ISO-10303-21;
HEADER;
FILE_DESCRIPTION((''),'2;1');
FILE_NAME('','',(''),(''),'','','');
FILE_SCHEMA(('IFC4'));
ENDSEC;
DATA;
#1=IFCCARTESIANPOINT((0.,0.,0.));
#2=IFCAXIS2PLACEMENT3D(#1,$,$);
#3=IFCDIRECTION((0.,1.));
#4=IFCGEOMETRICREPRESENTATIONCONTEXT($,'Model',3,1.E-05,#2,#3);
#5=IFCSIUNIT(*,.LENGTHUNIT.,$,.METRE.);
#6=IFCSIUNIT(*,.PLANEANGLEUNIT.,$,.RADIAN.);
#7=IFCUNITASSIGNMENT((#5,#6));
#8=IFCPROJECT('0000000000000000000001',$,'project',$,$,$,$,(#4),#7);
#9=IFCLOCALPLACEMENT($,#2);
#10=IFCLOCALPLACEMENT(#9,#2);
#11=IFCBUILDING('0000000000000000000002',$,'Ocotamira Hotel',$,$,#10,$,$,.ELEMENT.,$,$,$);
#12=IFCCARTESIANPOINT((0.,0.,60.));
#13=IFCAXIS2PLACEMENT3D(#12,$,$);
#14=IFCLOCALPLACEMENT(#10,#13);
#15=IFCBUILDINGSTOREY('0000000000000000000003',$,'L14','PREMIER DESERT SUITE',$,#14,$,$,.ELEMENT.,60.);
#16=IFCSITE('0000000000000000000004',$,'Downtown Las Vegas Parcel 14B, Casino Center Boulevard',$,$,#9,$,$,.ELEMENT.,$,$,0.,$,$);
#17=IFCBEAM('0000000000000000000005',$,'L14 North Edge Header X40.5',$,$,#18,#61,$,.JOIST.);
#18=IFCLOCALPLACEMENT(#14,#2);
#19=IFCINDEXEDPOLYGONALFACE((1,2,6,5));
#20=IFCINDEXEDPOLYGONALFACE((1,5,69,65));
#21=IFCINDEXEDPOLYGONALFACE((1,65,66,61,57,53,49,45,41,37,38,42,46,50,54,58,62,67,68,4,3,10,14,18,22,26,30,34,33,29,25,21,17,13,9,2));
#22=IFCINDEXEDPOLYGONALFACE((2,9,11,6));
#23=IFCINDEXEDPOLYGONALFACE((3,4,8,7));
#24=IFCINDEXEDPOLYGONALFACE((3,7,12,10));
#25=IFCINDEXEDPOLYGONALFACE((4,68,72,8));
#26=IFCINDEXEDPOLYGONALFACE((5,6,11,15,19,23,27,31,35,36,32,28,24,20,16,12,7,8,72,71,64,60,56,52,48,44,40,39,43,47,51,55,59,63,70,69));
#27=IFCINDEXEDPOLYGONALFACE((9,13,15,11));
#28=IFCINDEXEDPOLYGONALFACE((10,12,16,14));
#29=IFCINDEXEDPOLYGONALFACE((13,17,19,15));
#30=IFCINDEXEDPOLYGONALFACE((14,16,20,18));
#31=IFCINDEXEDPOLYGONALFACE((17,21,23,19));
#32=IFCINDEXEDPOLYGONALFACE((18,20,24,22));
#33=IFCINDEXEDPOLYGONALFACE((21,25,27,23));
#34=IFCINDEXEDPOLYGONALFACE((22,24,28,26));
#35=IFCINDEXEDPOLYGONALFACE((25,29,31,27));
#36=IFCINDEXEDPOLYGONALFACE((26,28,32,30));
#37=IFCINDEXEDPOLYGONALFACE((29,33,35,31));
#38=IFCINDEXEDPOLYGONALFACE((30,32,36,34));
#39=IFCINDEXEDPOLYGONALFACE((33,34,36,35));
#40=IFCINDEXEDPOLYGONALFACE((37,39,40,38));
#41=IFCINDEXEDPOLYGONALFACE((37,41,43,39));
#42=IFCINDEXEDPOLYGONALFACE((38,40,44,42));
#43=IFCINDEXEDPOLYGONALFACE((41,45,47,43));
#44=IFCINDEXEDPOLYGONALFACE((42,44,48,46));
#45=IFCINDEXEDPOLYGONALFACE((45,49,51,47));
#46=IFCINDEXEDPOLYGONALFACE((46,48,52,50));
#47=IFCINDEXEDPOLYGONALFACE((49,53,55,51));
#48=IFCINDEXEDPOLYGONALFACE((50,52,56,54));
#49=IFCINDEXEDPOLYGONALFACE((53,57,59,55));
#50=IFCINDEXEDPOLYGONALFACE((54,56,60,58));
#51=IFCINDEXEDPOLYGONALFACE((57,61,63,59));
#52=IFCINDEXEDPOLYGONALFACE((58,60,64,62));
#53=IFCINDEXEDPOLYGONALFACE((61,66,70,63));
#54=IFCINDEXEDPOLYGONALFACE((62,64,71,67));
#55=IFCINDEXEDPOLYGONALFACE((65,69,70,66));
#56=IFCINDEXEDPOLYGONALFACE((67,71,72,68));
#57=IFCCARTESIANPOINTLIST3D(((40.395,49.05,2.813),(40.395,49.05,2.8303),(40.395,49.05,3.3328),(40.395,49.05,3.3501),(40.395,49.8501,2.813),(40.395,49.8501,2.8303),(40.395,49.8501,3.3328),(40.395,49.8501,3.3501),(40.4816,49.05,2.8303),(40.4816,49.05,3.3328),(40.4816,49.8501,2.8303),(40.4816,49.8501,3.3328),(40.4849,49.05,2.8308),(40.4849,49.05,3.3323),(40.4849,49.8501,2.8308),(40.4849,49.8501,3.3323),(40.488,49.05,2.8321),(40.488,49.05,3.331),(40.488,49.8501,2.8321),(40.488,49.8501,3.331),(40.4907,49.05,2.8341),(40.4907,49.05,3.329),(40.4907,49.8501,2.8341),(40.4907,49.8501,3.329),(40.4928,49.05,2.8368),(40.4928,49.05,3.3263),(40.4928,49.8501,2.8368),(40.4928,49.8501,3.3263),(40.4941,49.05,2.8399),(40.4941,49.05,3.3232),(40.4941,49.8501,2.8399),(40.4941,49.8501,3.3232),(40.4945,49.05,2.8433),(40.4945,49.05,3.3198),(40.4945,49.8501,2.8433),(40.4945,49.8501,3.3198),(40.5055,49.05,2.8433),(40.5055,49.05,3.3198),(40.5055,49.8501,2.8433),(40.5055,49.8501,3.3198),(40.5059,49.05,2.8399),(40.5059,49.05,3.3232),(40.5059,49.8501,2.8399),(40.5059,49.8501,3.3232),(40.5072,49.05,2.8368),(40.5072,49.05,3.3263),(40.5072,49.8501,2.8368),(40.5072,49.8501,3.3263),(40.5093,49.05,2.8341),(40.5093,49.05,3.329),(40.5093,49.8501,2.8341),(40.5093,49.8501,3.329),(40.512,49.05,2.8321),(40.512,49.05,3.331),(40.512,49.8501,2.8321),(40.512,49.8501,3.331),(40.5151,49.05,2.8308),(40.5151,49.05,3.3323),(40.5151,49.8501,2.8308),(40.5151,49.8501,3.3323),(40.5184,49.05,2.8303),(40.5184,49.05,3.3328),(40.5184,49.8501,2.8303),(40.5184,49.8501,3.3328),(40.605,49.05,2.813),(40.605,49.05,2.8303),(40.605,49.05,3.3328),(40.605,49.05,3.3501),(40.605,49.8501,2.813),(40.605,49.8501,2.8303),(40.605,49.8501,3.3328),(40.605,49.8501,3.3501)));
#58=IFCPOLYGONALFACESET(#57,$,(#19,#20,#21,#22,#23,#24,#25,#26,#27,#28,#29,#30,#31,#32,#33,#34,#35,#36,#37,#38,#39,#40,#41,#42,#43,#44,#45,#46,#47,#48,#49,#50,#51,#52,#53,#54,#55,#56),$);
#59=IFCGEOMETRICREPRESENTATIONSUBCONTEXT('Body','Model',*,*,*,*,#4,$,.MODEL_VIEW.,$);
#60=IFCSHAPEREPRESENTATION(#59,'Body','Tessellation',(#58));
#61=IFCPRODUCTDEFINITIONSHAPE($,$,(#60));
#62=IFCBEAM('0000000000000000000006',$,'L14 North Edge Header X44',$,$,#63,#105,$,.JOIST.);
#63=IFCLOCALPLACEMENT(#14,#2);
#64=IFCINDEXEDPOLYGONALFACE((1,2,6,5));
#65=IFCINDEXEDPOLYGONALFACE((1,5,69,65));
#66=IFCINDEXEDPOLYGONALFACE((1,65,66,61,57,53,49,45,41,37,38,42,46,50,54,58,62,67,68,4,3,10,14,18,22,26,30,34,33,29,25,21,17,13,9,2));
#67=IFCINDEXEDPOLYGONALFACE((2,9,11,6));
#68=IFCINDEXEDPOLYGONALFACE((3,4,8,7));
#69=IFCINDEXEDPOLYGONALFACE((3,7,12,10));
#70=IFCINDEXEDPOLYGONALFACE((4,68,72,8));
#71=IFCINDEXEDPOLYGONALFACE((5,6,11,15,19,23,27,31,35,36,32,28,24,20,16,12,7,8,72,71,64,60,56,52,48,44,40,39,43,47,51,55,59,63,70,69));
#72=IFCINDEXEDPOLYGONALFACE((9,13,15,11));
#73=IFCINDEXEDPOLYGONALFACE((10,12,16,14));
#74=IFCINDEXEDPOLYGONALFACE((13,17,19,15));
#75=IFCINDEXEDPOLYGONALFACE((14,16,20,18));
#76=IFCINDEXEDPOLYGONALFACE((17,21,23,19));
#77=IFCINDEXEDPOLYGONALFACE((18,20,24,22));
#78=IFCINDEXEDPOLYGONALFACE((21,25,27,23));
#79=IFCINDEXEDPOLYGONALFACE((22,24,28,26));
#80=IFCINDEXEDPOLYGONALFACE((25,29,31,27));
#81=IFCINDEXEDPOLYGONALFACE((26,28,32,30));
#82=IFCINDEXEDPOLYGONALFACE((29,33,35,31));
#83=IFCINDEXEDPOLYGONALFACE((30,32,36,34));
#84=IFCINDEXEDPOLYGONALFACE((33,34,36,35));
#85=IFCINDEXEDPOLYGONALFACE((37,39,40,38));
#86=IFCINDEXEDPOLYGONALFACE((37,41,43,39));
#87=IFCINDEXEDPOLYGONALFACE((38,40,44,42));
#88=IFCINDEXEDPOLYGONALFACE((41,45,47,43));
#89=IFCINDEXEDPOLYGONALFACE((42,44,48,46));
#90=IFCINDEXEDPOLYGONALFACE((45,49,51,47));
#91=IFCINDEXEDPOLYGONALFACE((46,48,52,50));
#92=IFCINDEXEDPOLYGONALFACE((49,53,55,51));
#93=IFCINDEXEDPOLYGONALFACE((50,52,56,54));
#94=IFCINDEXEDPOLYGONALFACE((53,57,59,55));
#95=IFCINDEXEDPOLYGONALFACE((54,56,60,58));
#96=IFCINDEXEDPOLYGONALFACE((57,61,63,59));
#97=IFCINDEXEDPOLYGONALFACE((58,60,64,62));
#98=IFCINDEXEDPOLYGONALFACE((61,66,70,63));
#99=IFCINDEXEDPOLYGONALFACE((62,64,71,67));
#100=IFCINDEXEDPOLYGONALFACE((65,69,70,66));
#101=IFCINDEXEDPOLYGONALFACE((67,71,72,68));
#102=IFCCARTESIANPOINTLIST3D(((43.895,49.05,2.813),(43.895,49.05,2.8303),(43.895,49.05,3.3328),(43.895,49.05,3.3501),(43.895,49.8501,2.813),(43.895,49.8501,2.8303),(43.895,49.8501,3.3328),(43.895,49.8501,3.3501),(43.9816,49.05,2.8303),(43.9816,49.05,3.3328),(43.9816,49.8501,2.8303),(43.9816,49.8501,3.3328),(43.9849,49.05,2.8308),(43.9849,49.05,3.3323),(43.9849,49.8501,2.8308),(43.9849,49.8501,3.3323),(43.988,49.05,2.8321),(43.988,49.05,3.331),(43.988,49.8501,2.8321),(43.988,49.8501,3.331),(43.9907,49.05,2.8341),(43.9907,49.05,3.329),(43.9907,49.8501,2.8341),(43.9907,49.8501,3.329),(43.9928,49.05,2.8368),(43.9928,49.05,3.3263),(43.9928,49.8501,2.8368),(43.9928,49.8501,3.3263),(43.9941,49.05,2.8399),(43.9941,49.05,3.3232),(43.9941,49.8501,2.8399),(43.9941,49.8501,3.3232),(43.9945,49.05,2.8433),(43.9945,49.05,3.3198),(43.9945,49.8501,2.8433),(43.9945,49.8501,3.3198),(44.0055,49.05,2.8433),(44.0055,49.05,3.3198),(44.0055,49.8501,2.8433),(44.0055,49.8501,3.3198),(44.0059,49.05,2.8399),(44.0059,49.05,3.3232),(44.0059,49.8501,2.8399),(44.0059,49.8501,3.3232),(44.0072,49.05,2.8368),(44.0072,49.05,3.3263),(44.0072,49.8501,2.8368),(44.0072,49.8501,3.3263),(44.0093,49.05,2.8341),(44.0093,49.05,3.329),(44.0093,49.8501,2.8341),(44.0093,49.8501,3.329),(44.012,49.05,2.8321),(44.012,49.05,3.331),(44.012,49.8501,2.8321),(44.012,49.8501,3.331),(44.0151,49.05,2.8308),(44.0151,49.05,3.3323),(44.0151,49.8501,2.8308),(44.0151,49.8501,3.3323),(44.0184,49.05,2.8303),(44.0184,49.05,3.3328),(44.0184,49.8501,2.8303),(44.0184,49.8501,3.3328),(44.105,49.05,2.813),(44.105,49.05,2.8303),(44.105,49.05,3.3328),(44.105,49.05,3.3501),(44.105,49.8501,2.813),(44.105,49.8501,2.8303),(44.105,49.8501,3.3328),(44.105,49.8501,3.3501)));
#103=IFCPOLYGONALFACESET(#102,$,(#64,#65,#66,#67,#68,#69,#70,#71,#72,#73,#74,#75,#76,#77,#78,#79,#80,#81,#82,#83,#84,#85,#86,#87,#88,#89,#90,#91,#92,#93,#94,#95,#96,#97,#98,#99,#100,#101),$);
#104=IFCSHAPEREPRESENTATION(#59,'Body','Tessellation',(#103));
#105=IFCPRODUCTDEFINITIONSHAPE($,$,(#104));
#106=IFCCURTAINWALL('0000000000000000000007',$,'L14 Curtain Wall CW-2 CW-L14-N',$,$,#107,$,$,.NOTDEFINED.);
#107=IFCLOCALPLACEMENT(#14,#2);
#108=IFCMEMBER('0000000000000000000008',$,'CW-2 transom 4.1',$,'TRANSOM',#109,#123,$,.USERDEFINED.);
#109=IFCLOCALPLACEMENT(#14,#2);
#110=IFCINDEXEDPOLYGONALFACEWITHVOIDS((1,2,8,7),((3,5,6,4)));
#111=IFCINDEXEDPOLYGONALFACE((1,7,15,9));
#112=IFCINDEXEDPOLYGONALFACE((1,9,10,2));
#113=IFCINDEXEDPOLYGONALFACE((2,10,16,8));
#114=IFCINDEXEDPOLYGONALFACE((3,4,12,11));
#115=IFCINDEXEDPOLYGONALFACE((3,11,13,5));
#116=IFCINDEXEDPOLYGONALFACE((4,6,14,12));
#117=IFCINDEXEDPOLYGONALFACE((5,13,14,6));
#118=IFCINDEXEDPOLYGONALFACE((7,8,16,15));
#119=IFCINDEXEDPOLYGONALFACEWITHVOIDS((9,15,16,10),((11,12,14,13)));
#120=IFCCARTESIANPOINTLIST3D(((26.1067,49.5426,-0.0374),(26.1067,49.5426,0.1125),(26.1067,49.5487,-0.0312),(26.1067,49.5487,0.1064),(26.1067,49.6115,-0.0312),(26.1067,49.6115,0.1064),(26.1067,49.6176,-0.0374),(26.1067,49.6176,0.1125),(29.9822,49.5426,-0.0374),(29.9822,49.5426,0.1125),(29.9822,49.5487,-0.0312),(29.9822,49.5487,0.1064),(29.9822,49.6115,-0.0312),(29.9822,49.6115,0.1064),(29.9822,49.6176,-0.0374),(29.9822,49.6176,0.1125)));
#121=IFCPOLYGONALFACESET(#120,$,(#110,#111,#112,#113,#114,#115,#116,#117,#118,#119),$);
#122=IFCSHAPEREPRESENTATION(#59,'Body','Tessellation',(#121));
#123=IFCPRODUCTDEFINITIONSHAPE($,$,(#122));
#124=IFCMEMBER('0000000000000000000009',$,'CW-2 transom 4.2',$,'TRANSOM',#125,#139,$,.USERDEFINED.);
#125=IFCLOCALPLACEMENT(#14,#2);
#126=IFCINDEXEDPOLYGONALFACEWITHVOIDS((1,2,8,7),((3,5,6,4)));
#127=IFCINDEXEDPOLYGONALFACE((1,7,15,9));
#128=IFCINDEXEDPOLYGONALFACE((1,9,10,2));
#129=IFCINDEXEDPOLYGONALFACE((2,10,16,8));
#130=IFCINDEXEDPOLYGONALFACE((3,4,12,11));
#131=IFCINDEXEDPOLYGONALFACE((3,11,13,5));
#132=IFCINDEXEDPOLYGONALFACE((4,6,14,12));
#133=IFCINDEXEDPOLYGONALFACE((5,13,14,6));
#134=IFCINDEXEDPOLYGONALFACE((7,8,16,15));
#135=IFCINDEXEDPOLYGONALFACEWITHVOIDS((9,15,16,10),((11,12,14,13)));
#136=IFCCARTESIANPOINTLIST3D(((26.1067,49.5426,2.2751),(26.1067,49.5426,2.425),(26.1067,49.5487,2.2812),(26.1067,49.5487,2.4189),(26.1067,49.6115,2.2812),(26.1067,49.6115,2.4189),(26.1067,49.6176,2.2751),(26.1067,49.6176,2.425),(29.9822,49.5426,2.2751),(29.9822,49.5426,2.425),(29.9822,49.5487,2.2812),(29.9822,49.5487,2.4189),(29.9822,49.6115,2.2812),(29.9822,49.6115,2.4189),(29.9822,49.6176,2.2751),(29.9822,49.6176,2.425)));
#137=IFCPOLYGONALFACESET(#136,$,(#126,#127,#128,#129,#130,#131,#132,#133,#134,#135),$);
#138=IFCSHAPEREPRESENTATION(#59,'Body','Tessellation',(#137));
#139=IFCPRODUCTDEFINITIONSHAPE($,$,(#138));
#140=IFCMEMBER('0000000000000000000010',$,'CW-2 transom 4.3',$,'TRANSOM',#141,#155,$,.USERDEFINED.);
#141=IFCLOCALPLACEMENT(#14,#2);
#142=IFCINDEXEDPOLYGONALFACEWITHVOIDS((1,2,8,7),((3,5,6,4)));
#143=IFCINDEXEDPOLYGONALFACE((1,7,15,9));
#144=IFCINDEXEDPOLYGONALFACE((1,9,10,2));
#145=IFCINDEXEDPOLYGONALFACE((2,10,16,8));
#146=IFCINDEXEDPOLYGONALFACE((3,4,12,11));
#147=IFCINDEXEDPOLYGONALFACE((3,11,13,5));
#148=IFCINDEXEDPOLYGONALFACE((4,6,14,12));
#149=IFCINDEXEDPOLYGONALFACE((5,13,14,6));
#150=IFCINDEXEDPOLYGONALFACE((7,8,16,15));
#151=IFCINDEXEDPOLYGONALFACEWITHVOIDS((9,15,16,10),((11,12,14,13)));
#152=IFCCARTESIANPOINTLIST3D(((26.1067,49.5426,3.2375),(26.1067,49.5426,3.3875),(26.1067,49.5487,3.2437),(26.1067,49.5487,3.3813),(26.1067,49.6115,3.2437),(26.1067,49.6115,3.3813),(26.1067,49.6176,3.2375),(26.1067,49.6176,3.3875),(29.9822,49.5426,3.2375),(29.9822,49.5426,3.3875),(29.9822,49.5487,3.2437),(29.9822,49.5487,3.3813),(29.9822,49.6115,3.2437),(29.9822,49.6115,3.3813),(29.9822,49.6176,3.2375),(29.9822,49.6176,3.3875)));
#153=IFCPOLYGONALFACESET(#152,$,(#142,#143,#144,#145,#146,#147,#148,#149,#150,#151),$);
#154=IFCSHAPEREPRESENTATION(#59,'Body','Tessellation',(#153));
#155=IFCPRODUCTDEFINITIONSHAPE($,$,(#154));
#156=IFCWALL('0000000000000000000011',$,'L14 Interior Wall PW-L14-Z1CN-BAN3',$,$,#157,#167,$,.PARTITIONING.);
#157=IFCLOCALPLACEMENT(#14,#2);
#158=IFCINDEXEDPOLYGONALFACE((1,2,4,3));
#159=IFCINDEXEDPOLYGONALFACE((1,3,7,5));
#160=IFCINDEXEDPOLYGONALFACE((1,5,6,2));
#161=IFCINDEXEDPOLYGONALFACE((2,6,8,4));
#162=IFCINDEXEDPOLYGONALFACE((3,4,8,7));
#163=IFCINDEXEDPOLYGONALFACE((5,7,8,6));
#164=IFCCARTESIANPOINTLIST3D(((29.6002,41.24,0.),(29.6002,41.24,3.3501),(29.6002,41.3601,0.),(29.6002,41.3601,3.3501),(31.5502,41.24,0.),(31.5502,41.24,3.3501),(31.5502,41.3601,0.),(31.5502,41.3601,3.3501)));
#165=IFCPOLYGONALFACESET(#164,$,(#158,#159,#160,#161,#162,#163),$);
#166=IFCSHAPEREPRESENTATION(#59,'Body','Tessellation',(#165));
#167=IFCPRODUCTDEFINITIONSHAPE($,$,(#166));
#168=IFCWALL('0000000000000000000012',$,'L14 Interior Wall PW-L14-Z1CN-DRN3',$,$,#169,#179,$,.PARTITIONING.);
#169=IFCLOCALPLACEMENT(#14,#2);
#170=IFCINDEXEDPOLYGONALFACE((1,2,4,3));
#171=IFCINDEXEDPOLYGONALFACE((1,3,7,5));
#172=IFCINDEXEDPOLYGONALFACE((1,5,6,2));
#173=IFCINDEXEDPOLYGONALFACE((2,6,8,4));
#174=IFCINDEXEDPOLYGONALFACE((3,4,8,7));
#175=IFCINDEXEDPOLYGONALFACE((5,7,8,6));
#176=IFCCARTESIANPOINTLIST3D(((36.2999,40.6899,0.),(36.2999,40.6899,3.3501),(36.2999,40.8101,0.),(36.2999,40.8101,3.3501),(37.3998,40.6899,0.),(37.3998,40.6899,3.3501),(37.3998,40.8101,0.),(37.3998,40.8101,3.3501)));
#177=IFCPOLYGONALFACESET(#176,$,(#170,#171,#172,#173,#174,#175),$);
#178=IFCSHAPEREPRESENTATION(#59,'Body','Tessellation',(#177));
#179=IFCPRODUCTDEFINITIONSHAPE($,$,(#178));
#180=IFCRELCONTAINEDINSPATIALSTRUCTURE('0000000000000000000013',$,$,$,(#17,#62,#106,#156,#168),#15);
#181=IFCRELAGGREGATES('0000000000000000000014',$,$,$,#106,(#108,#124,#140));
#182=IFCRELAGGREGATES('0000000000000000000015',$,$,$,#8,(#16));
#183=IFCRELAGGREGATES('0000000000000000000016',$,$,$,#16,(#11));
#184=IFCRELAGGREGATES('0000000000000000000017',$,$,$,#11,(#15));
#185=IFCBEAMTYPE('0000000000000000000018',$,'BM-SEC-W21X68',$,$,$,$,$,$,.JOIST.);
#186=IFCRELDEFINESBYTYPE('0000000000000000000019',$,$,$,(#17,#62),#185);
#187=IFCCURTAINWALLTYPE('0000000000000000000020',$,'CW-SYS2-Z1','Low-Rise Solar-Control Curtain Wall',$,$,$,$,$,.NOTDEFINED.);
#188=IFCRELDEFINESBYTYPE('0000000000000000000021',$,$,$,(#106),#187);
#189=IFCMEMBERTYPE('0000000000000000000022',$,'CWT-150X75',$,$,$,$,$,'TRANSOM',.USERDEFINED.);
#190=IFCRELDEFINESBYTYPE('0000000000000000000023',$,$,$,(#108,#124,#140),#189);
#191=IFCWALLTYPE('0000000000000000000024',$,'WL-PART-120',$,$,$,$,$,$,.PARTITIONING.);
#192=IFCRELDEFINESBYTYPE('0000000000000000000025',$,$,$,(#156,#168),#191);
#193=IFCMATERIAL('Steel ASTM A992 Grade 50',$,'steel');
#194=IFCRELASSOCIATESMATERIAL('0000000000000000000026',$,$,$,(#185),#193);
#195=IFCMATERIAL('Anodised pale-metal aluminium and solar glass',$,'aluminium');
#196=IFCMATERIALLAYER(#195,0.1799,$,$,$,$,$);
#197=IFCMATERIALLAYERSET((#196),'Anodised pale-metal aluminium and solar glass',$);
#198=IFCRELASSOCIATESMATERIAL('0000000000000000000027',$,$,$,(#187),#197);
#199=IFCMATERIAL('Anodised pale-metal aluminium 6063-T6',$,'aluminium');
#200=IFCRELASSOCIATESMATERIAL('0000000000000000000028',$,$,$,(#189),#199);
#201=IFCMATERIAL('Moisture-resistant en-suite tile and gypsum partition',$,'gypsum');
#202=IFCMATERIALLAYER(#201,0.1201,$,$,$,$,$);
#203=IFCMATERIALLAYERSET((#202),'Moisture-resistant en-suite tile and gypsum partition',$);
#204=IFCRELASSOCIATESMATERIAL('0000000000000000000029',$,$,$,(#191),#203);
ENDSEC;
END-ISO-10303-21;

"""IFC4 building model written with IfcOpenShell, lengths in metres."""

from ifc_helpers import new_model, si_unit, direction, frame, frame_2d, origin, origin_2d, place, context, subcontext, project, spatial, rectangle, hollow_rectangle, i_section, extrude, source, transform, mapped, material, layer, layer_set, material_profile, profile_set, type_object, element, aggregate, save


model = new_model("IFC4")

# Units and contexts
model_context = context("Model", 3, precision=1e-05, world=origin(), true_north=direction((0.0, 1.0)))
body_context = subcontext(model_context, "Body", "Model", "MODEL_VIEW")
ifc_project = project(units=[si_unit("LENGTHUNIT", "METRE"), si_unit("PLANEANGLEUNIT", "RADIAN")], contexts=[model_context])

# Site, building, storey
site_placement = place(None, origin())
site = spatial("IfcSite", under=ifc_project, at=site_placement, Name="Downtown Las Vegas Parcel 14B, Casino Center Boulevard", CompositionType="ELEMENT", RefElevation=0.0)
building_placement = place(site_placement, origin())
building = spatial("IfcBuilding", under=site, at=building_placement, Name="Ocotamira Hotel", CompositionType="ELEMENT")
storey_placement = place(building_placement, frame((0.0, 0.0, 60.0)))
storey = spatial("IfcBuildingStorey", under=building, at=storey_placement, Name="L14", Description="PREMIER DESERT SUITE", CompositionType="ELEMENT", Elevation=60.0)

# Beams
ifc_material_1 = material(Name="Steel ASTM A992 Grade 50", Category="steel")
ifc_material_profile_1 = material_profile(ifc_material_1, i_section(OverallWidth=0.21, OverallDepth=0.5371, WebThickness=0.011, FlangeThickness=0.0173, FilletRadius=0.0129, at=origin_2d()), Name="W21X68")
ifc_profile_set_1 = profile_set([ifc_material_profile_1], Name="Steel ASTM A992 Grade 50")
beam_type_1 = type_object("IfcBeamType", Name="BM-SEC-W21X68", PredefinedType="JOIST", material=ifc_profile_set_1)
shared_shape_1 = source(origin(), body_context, "Body", "SweptSolid", [
    extrude(i_section(OverallWidth=0.21, OverallDepth=0.5371, WebThickness=0.011, FlangeThickness=0.0173, FilletRadius=0.0129, at=origin_2d()), origin(), (0.0, 0.0, 1.0), 0.8),
])
for number, where, z_axis, x_axis, name in (
    (1, (40.5, 49.05, 3.0815), (0.0, 1.0, 0.0), (-1.0, 0.0, 0.0), "L14 North Edge Header X40.5"),
    (2, (44.0, 49.05, 3.0815), (0.0, 1.0, 0.0), (-1.0, 0.0, 0.0), "L14 North Edge Header X44"),
):
    element("IfcBeam", number, at=place(storey_placement, frame(where, z_axis=z_axis, x_axis=x_axis)), inside=storey, type_object=beam_type_1, Name=name, PredefinedType="JOIST", context=body_context, shape_type="MappedRepresentation", body=[
        mapped(shared_shape_1, transform((0.0, 0.0, 0.0), scale=1.0)),
    ])

# Curtain wall, members
ifc_material_2 = material(Name="Anodised pale-metal aluminium and solar glass", Category="aluminium")
ifc_layer_1 = layer(ifc_material_2, 0.1799)
ifc_layer_set_1 = layer_set([ifc_layer_1], Name="Anodised pale-metal aluminium and solar glass")
curtain_wall_type = type_object("IfcCurtainWallType", Name="CW-SYS2-Z1", Description="Low-Rise Solar-Control Curtain Wall", PredefinedType="NOTDEFINED", material=ifc_layer_set_1)
curtain_wall_placement = place(storey_placement, origin())
curtain_wall = element("IfcCurtainWall", 3, at=curtain_wall_placement, inside=storey, type_object=curtain_wall_type, Name="L14 Curtain Wall CW-2 CW-L14-N", PredefinedType="NOTDEFINED")
ifc_material_3 = material(Name="Anodised pale-metal aluminium 6063-T6", Category="aluminium")
ifc_material_profile_2 = material_profile(ifc_material_3, hollow_rectangle(XDim=0.075, YDim=0.1499, WallThickness=0.0061, at=origin_2d()), Name="HSS150X75X6")
ifc_profile_set_2 = profile_set([ifc_material_profile_2], Name="Anodised pale-metal aluminium 6063-T6")
member_type = type_object("IfcMemberType", Name="CWT-150X75", ElementType="TRANSOM", PredefinedType="USERDEFINED", material=ifc_profile_set_2)
shared_shape_2 = source(origin(), body_context, "Body", "SweptSolid", [
    extrude(hollow_rectangle(XDim=0.075, YDim=0.1499, WallThickness=0.0061, at=origin_2d()), origin(), (0.0, 0.0, 1.0), 3.8755),
])
member_1_placement = place(storey_placement, frame((26.1067, 49.5801, 0.0376), z_axis=(1.0, 0.0, 0.0), x_axis=(0.0, 1.0, 0.0)))
member_1 = element("IfcMember", 4, at=member_1_placement, type_object=member_type, Name="CW-2 transom 4.1", ObjectType="TRANSOM", PredefinedType="USERDEFINED", context=body_context, shape_type="MappedRepresentation", body=[
    mapped(shared_shape_2, transform((0.0, 0.0, 0.0), scale=1.0)),
])
member_2_placement = place(storey_placement, frame((26.1067, 49.5801, 2.3501), z_axis=(1.0, 0.0, 0.0), x_axis=(0.0, 1.0, 0.0)))
member_2 = element("IfcMember", 5, at=member_2_placement, type_object=member_type, Name="CW-2 transom 4.2", ObjectType="TRANSOM", PredefinedType="USERDEFINED", context=body_context, shape_type="MappedRepresentation", body=[
    mapped(shared_shape_2, transform((0.0, 0.0, 0.0), scale=1.0)),
])
member_3_placement = place(storey_placement, frame((26.1067, 49.5801, 3.3125), z_axis=(1.0, 0.0, 0.0), x_axis=(0.0, 1.0, 0.0)))
member_3 = element("IfcMember", 6, at=member_3_placement, type_object=member_type, Name="CW-2 transom 4.3", ObjectType="TRANSOM", PredefinedType="USERDEFINED", context=body_context, shape_type="MappedRepresentation", body=[
    mapped(shared_shape_2, transform((0.0, 0.0, 0.0), scale=1.0)),
])
aggregate(curtain_wall, [member_1, member_2, member_3])

# Walls
ifc_material_4 = material(Name="Moisture-resistant en-suite tile and gypsum partition", Category="gypsum")
ifc_layer_2 = layer(ifc_material_4, 0.1201)
ifc_layer_set_2 = layer_set([ifc_layer_2], Name="Moisture-resistant en-suite tile and gypsum partition")
wall_type_1 = type_object("IfcWallType", Name="WL-PART-120", PredefinedType="PARTITIONING", material=ifc_layer_set_2)
wall_1_placement = place(storey_placement, frame((29.6001, 41.3, 0.0), z_axis=(0.0, 0.0, 1.0), x_axis=(1.0, 0.0, 0.0)))
element("IfcWall", 7, at=wall_1_placement, inside=storey, type_object=wall_type_1, Name="L14 Interior Wall PW-L14-Z1CN-BAN3", PredefinedType="PARTITIONING", context=body_context, shape_type="SweptSolid", body=[
    extrude(rectangle(XDim=1.95, YDim=0.1201, at=frame_2d((0.9751, 0.0))), origin(), (0.0, 0.0, 1.0), 3.3501),
])
wall_2_placement = place(storey_placement, frame((36.3, 40.75, 0.0), z_axis=(0.0, 0.0, 1.0), x_axis=(1.0, 0.0, 0.0)))
element("IfcWall", 8, at=wall_2_placement, inside=storey, type_object=wall_type_1, Name="L14 Interior Wall PW-L14-Z1CN-DRN3", PredefinedType="PARTITIONING", context=body_context, shape_type="SweptSolid", body=[
    extrude(rectangle(XDim=1.0999, YDim=0.1201, at=frame_2d((0.5498, 0.0))), origin(), (0.0, 0.0, 1.0), 3.3501),
])

save(model, "model.ifc")
